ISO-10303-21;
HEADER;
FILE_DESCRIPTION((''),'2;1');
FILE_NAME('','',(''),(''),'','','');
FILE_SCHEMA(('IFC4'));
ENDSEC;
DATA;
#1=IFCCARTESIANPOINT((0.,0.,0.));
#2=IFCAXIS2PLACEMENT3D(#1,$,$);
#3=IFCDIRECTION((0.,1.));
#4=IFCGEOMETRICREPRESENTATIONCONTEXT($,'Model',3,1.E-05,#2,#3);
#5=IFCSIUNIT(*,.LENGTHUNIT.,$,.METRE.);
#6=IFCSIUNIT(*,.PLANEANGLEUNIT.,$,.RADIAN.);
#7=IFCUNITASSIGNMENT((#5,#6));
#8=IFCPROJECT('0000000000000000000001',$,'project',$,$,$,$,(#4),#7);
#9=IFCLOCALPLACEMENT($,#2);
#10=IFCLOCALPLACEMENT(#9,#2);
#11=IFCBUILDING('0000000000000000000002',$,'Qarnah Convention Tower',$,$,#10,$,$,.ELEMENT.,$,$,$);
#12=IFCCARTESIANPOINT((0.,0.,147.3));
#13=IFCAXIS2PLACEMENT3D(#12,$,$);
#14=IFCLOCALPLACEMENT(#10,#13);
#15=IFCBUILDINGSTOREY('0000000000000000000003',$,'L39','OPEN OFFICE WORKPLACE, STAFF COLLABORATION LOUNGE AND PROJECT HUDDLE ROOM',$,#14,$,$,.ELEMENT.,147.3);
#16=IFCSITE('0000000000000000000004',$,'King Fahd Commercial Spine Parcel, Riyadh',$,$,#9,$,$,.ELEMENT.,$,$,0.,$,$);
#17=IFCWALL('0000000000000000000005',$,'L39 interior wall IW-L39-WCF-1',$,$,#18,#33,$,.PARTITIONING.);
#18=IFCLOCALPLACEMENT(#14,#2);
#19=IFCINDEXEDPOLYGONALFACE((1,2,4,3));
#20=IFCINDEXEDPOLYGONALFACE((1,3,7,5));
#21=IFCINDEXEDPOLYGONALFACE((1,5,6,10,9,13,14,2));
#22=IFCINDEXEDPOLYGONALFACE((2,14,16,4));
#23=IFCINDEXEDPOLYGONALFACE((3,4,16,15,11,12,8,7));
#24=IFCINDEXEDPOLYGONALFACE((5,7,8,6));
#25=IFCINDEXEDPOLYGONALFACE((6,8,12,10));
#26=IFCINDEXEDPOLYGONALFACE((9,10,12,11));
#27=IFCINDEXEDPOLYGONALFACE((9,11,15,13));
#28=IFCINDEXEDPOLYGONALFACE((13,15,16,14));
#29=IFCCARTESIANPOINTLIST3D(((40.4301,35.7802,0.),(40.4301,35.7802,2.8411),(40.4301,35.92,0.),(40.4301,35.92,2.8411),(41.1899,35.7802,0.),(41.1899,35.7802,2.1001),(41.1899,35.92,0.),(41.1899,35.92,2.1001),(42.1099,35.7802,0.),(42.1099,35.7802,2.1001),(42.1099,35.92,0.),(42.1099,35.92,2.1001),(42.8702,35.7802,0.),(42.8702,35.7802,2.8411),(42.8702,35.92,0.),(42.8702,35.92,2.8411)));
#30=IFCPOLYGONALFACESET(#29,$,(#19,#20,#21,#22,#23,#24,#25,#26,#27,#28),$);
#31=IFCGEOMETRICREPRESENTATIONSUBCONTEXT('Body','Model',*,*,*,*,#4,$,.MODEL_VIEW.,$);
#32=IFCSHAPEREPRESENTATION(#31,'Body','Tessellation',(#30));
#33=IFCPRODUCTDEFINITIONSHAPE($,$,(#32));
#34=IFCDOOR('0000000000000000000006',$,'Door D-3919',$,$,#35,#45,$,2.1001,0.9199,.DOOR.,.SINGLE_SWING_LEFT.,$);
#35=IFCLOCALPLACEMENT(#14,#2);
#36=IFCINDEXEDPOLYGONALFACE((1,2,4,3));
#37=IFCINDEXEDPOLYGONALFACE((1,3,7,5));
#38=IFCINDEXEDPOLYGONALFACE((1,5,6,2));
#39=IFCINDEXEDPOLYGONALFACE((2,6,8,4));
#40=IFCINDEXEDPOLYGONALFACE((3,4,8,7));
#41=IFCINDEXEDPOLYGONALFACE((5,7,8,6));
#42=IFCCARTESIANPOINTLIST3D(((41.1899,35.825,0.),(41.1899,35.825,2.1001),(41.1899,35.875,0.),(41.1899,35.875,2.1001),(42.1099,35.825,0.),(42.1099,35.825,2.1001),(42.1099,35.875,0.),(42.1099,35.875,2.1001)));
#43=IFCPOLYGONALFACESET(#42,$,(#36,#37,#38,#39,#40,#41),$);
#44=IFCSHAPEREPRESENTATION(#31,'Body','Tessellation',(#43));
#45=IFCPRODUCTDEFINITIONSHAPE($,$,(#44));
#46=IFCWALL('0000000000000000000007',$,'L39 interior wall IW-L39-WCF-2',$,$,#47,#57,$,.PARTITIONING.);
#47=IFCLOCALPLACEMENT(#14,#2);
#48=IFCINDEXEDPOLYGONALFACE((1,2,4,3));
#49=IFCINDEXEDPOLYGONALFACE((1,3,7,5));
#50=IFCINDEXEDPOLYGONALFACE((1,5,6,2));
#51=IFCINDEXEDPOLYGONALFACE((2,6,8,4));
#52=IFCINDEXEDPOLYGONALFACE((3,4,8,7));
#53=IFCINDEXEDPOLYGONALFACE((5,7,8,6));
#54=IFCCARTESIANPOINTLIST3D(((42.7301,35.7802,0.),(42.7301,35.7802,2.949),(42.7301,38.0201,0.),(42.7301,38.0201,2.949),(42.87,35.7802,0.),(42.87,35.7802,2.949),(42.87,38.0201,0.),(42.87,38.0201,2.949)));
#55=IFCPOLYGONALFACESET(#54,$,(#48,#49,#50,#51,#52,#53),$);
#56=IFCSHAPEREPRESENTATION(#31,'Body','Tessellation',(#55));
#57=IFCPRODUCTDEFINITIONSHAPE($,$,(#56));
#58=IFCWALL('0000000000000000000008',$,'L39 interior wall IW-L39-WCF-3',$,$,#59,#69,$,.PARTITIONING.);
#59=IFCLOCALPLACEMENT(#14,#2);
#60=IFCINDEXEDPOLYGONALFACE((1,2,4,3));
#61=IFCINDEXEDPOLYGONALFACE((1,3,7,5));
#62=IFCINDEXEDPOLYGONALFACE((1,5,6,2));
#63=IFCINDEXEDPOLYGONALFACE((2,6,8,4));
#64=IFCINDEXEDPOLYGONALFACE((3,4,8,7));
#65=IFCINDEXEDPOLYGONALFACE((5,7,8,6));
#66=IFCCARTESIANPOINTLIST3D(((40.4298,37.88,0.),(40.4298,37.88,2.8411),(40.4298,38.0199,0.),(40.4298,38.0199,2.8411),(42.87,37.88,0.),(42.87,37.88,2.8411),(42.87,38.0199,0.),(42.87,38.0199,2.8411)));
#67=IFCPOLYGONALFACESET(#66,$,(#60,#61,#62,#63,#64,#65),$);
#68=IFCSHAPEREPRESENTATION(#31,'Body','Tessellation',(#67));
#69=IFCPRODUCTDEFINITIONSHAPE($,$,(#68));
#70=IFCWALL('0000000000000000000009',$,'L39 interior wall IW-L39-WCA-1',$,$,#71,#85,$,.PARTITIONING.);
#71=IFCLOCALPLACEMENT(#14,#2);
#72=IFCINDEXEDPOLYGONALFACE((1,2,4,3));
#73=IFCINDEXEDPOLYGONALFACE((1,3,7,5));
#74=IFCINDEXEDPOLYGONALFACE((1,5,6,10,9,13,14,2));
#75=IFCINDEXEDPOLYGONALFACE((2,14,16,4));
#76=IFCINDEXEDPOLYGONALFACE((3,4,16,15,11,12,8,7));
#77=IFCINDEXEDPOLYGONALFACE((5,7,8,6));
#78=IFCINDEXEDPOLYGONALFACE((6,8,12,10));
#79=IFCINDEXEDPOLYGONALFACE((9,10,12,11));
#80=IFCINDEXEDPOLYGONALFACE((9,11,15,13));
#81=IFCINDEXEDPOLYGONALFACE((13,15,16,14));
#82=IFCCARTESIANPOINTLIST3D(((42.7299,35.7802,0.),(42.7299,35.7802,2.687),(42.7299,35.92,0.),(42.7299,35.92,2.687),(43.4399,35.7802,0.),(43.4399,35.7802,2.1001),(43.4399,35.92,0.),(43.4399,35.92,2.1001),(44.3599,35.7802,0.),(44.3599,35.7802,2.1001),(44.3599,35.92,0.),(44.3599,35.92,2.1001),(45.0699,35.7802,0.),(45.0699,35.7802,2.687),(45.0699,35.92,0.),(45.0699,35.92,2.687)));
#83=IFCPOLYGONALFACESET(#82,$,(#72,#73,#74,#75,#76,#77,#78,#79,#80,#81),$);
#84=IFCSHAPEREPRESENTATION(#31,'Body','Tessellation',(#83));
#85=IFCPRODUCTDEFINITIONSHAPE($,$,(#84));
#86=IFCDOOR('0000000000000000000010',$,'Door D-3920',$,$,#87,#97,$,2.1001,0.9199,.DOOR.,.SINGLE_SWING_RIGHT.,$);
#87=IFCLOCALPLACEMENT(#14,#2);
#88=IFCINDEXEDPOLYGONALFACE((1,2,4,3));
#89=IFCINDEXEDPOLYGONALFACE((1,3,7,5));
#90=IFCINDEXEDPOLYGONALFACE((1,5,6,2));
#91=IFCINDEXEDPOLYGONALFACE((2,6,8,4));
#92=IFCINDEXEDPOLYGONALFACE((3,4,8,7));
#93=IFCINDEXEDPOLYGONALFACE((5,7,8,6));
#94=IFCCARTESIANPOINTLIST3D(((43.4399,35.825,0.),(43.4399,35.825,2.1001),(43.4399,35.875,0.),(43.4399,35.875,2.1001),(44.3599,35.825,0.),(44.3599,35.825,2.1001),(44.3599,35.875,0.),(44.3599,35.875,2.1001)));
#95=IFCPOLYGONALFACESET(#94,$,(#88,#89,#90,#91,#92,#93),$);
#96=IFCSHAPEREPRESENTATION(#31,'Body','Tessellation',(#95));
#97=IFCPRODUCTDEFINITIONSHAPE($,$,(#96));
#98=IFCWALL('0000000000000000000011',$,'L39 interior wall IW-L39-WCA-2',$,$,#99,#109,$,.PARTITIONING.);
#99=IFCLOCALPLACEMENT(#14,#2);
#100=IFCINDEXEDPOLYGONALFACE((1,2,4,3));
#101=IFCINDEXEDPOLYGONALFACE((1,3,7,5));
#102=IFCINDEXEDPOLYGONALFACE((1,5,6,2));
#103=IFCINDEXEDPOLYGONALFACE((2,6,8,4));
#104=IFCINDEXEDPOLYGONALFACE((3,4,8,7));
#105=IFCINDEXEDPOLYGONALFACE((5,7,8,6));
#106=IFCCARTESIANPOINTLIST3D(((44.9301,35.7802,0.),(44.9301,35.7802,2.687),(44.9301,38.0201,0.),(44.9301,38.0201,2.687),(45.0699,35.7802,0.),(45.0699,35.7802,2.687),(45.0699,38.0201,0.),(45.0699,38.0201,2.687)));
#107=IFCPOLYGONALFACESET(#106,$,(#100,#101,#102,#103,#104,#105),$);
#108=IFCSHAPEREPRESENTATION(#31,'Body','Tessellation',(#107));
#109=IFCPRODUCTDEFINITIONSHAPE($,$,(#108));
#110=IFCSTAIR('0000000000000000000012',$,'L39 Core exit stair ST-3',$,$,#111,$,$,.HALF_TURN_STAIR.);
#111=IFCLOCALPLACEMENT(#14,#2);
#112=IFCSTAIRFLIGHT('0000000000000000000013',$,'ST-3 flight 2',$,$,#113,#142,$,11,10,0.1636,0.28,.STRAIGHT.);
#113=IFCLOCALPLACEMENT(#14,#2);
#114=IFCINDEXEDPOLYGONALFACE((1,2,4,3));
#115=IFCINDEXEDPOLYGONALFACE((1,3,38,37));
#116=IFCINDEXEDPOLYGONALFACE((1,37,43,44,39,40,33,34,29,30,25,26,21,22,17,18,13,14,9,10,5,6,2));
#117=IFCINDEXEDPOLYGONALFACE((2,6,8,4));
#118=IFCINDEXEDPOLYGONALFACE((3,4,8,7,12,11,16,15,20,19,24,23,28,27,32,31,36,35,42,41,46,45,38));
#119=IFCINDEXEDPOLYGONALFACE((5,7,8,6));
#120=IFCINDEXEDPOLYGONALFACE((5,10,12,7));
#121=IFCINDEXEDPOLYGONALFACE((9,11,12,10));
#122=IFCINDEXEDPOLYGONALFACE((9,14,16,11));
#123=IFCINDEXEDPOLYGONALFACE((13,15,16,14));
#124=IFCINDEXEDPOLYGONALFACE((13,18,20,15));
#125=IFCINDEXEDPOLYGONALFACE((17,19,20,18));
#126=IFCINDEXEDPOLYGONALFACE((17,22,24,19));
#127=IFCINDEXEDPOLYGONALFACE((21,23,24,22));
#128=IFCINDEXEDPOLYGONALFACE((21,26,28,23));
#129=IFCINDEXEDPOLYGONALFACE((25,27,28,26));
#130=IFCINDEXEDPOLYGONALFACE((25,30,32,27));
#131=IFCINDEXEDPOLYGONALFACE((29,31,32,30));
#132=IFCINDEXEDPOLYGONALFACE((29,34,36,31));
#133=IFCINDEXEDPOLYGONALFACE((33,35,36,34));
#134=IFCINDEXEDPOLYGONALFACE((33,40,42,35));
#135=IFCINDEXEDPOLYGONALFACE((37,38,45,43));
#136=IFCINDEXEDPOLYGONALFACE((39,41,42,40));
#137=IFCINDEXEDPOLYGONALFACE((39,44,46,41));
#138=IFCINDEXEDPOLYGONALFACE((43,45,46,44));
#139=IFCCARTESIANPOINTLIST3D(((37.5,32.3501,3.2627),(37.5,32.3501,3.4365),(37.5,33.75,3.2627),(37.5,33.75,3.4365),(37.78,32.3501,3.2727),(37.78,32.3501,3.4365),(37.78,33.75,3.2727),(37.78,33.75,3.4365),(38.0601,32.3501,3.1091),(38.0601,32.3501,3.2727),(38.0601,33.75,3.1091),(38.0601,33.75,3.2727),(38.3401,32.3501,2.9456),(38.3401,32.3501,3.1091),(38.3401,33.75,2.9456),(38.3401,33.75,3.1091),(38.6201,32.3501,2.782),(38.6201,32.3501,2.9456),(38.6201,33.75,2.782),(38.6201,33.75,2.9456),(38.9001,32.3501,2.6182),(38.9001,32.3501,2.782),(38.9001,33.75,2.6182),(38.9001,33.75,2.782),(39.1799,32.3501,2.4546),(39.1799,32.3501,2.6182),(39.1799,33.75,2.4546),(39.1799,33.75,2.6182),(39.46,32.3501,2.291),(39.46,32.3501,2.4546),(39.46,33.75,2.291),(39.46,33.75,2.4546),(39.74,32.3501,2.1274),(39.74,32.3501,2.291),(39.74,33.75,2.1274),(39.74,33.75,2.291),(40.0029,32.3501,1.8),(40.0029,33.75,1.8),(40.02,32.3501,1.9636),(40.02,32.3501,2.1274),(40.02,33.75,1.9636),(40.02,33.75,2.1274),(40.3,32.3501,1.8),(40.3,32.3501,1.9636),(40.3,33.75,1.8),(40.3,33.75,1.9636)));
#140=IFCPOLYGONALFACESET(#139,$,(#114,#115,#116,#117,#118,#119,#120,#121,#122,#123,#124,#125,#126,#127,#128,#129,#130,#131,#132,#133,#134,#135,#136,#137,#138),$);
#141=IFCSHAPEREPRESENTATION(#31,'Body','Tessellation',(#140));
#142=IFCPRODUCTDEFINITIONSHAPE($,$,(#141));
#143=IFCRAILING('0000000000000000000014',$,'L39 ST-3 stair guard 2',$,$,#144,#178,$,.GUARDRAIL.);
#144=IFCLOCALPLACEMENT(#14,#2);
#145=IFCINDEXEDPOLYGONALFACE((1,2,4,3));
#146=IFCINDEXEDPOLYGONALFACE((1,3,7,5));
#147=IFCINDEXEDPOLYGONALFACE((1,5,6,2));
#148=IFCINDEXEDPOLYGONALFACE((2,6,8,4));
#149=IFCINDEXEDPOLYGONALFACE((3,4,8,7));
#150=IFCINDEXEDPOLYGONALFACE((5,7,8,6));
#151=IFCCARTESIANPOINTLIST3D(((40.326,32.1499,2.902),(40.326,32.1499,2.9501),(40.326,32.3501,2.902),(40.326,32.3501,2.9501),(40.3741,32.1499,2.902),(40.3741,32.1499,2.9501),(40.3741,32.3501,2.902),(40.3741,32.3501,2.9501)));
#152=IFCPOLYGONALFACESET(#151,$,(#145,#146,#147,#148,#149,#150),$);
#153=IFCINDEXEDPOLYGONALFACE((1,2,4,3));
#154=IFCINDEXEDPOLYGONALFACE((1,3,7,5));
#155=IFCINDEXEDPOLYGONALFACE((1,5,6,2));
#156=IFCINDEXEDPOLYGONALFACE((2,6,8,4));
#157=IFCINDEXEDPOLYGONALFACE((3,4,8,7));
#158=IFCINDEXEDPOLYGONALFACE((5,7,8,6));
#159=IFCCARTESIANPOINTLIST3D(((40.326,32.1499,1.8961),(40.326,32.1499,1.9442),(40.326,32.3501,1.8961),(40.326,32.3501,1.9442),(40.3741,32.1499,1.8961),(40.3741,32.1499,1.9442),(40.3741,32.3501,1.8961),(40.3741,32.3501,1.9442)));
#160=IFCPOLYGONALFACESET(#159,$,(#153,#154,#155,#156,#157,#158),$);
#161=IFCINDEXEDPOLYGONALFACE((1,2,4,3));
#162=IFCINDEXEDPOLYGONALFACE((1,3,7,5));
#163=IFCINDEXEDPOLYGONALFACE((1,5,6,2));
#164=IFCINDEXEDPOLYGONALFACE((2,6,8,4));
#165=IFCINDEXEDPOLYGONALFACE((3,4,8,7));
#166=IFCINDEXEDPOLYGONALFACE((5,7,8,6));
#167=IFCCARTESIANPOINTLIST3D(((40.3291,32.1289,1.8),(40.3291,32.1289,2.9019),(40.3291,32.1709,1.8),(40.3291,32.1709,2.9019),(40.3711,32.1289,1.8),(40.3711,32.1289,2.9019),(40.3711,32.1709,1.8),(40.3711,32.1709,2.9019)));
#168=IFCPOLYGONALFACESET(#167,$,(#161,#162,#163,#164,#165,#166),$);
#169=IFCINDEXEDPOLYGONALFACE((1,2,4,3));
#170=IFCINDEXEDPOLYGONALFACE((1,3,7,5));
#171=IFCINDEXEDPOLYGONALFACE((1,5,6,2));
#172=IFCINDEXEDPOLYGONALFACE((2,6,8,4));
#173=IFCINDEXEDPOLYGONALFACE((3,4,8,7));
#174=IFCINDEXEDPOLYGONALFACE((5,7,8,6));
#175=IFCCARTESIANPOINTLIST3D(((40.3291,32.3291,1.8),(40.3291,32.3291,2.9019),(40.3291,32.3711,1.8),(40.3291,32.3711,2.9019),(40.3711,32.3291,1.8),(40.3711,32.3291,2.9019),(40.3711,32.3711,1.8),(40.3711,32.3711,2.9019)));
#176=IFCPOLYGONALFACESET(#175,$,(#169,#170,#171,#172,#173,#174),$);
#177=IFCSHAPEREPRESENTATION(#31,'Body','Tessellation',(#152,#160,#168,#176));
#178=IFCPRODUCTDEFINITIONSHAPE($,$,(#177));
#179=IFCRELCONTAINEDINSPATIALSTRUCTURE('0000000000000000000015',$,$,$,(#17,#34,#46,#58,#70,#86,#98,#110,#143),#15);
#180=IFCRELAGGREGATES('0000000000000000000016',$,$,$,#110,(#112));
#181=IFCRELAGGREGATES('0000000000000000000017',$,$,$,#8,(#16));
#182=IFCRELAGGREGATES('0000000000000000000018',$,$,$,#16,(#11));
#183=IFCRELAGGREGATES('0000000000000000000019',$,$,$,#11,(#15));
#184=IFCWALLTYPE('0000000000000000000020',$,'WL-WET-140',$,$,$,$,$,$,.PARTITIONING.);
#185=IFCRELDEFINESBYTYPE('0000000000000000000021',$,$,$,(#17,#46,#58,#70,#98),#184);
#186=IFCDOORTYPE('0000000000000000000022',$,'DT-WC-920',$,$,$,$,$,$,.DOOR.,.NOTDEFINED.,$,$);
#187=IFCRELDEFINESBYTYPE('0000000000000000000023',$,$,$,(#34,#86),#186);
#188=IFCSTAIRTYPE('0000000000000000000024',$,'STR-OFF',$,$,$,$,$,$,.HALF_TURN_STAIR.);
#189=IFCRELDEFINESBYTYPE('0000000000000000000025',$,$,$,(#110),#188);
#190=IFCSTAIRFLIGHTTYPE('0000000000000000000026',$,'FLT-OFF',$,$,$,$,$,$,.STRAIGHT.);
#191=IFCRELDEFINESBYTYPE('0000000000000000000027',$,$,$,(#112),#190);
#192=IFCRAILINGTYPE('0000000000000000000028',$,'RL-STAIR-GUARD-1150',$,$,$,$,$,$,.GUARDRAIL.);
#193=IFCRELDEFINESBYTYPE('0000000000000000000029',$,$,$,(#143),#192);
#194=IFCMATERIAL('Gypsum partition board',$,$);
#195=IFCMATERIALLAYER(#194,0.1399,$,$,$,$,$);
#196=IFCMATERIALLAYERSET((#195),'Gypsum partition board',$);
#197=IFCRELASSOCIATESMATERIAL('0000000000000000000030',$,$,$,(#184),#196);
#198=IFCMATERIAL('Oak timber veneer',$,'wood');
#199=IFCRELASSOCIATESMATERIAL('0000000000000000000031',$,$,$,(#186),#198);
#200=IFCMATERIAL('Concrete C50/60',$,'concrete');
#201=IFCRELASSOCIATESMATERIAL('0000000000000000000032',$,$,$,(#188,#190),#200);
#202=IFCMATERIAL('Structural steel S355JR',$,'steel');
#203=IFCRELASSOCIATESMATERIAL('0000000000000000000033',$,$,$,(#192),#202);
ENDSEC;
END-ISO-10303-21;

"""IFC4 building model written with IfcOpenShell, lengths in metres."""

from ifc_helpers import new_model, si_unit, direction, frame, frame_2d, origin, origin_2d, place, context, subcontext, project, spatial, polyline, rectangle, outline, extrude, material, layer, layer_set, type_object, element, fill, aggregate, save


model = new_model("IFC4")

# Units and contexts
model_context = context("Model", 3, precision=1e-05, world=origin(), true_north=direction((0.0, 1.0)))
body_context = subcontext(model_context, "Body", "Model", "MODEL_VIEW")
ifc_project = project(units=[si_unit("LENGTHUNIT", "METRE"), si_unit("PLANEANGLEUNIT", "RADIAN")], contexts=[model_context])

# Site, building, storey
site_placement = place(None, origin())
site = spatial("IfcSite", under=ifc_project, at=site_placement, Name="King Fahd Commercial Spine Parcel, Riyadh", CompositionType="ELEMENT", RefElevation=0.0)
building_placement = place(site_placement, origin())
building = spatial("IfcBuilding", under=site, at=building_placement, Name="Qarnah Convention Tower", CompositionType="ELEMENT")
storey_placement = place(building_placement, frame((0.0, 0.0, 147.3)))
storey = spatial("IfcBuildingStorey", under=building, at=storey_placement, Name="L39", Description="OPEN OFFICE WORKPLACE, STAFF COLLABORATION LOUNGE AND PROJECT HUDDLE ROOM", CompositionType="ELEMENT", Elevation=147.3)

# Shared definitions
ifc_material_1 = material(Name="Structural steel S355JR", Category="steel")

# Shared definitions
ifc_material_2 = material(Name="Gypsum partition board")

# Shared definitions
ifc_layer_1 = layer(ifc_material_2, 0.1399)
ifc_layer_set_1 = layer_set([ifc_layer_1], Name="Gypsum partition board")
wall_type_1 = type_object("IfcWallType", Name="WL-WET-140", PredefinedType="PARTITIONING", material=ifc_layer_set_1)
ifc_material_3 = material(Name="Oak timber veneer", Category="wood")
door_type_1 = type_object("IfcDoorType", Name="DT-WC-920", OperationType="NOTDEFINED", PredefinedType="DOOR", material=ifc_material_3)

# Wall, opening, door
wall_1_placement = place(storey_placement, frame((40.4299, 35.8501, 0.0), z_axis=(0.0, 0.0, 1.0), x_axis=(1.0, 0.0, 0.0)))
wall_1 = element("IfcWall", 1, at=wall_1_placement, inside=storey, type_object=wall_type_1, Name="L39 interior wall IW-L39-WCF-1", PredefinedType="PARTITIONING", context=body_context, shape_type="SweptSolid", body=[
    extrude(rectangle(XDim=2.4402, YDim=0.1399, at=frame_2d((1.2202, 0.0))), origin(), (0.0, 0.0, 1.0), 2.8411),
])
opening_1_placement = place(wall_1_placement, frame((0.76, 0.0, 0.0)))
opening_1 = element("IfcOpeningElement", 2, at=opening_1_placement, cuts=wall_1, PredefinedType="OPENING", context=body_context, shape_type="SweptSolid", body=[
    extrude(rectangle(XDim=0.9199, YDim=2.1001, at=frame_2d((0.46, 1.05))), frame((0.0, 0.0798, 0.0), z_axis=(0.0, -1.0, 0.0), x_axis=(1.0, 0.0, 0.0)), (0.0, 0.0, 1.0), 0.1599),
])
door_1_placement = place(opening_1_placement, origin())
door_1 = element("IfcDoor", 3, at=door_1_placement, inside=storey, type_object=door_type_1, Name="Door D-3919", OperationType="SINGLE_SWING_LEFT", OverallHeight=2.1001, OverallWidth=0.9199, PredefinedType="DOOR", context=body_context, shape_type="SweptSolid", body=[
    extrude(rectangle(XDim=0.9199, YDim=2.1001, at=frame_2d((0.46, 1.05))), frame((0.0, 0.0249, 0.0), z_axis=(0.0, -1.0, 0.0), x_axis=(1.0, 0.0, 0.0)), (0.0, 0.0, 1.0), 0.05),
])
fill(opening_1, door_1)

# Walls
wall_2_placement = place(storey_placement, frame((42.8, 35.78, 0.0), z_axis=(0.0, 0.0, 1.0), x_axis=(0.0, 1.0, 0.0)))
element("IfcWall", 4, at=wall_2_placement, inside=storey, type_object=wall_type_1, Name="L39 interior wall IW-L39-WCF-2", PredefinedType="PARTITIONING", context=body_context, shape_type="SweptSolid", body=[
    extrude(rectangle(XDim=2.24, YDim=0.1399, at=frame_2d((1.1201, 0.0))), origin(), (0.0, 0.0, 1.0), 2.949),
])
wall_3_placement = place(storey_placement, frame((42.8701, 37.95, 0.0), z_axis=(0.0, 0.0, 1.0), x_axis=(-1.0, 0.0, 0.0)))
element("IfcWall", 5, at=wall_3_placement, inside=storey, type_object=wall_type_1, Name="L39 interior wall IW-L39-WCF-3", PredefinedType="PARTITIONING", context=body_context, shape_type="SweptSolid", body=[
    extrude(rectangle(XDim=2.4402, YDim=0.1399, at=frame_2d((1.2202, 0.0))), origin(), (0.0, 0.0, 1.0), 2.8411),
])

# Wall, opening, door
wall_4_placement = place(storey_placement, frame((42.73, 35.8501, 0.0), z_axis=(0.0, 0.0, 1.0), x_axis=(1.0, 0.0, 0.0)))
wall_4 = element("IfcWall", 6, at=wall_4_placement, inside=storey, type_object=wall_type_1, Name="L39 interior wall IW-L39-WCA-1", PredefinedType="PARTITIONING", context=body_context, shape_type="SweptSolid", body=[
    extrude(rectangle(XDim=2.3401, YDim=0.1399, at=frame_2d((1.1699, 0.0))), origin(), (0.0, 0.0, 1.0), 2.687),
])
opening_2_placement = place(wall_4_placement, frame((0.71, 0.0, 0.0)))
opening_2 = element("IfcOpeningElement", 7, at=opening_2_placement, cuts=wall_4, PredefinedType="OPENING", context=body_context, shape_type="SweptSolid", body=[
    extrude(rectangle(XDim=0.9199, YDim=2.1001, at=frame_2d((0.46, 1.05))), frame((0.0, 0.0798, 0.0), z_axis=(0.0, -1.0, 0.0), x_axis=(1.0, 0.0, 0.0)), (0.0, 0.0, 1.0), 0.1599),
])
door_2_placement = place(opening_2_placement, origin())
door_2 = element("IfcDoor", 8, at=door_2_placement, inside=storey, type_object=door_type_1, Name="Door D-3920", OperationType="SINGLE_SWING_RIGHT", OverallHeight=2.1001, OverallWidth=0.9199, PredefinedType="DOOR", context=body_context, shape_type="SweptSolid", body=[
    extrude(rectangle(XDim=0.9199, YDim=2.1001, at=frame_2d((0.46, 1.05))), frame((0.0, 0.0249, 0.0), z_axis=(0.0, -1.0, 0.0), x_axis=(1.0, 0.0, 0.0)), (0.0, 0.0, 1.0), 0.05),
])
fill(opening_2, door_2)

# Wall
wall_5_placement = place(storey_placement, frame((45.0, 35.78, 0.0), z_axis=(0.0, 0.0, 1.0), x_axis=(0.0, 1.0, 0.0)))
element("IfcWall", 9, at=wall_5_placement, inside=storey, type_object=wall_type_1, Name="L39 interior wall IW-L39-WCA-2", PredefinedType="PARTITIONING", context=body_context, shape_type="SweptSolid", body=[
    extrude(rectangle(XDim=2.24, YDim=0.1399, at=frame_2d((1.1201, 0.0))), origin(), (0.0, 0.0, 1.0), 2.687),
])

# Stair, stair flight
ifc_material_4 = material(Name="Concrete C50/60", Category="concrete")
stair_type = type_object("IfcStairType", Name="STR-OFF", PredefinedType="HALF_TURN_STAIR", material=ifc_material_4)
stair_placement = place(storey_placement, origin())
stair = element("IfcStair", 10, at=stair_placement, inside=storey, type_object=stair_type, Name="L39 Core exit stair ST-3", PredefinedType="HALF_TURN_STAIR")
stair_flight_type = type_object("IfcStairFlightType", Name="FLT-OFF", PredefinedType="STRAIGHT", material=ifc_material_4)
stair_flight_placement = place(storey_placement, frame((40.3, 33.05, 1.8), z_axis=(0.0, 0.0, 1.0), x_axis=(-1.0, 0.0, 0.0)))
stair_flight = element("IfcStairFlight", 11, at=stair_flight_placement, type_object=stair_flight_type, Name="ST-3 flight 2", NumberOfRisers=11, NumberOfTreads=10, PredefinedType="STRAIGHT", RiserHeight=0.1636, TreadLength=0.28, context=body_context, shape_type="SweptSolid", body=[
    extrude(outline(polyline([(0.0, 0.0), (0.0, 0.1636), (0.28, 0.1636), (0.28, 0.3274), (0.5601, 0.3274), (0.5601, 0.491), (0.8401, 0.491), (0.8401, 0.6545), (1.1201, 0.6545), (1.1201, 0.8181), (1.3999, 0.8181), (1.3999, 0.9819), (1.6799, 0.9819), (1.6799, 1.1455), (1.96, 1.1455), (1.96, 1.3091), (2.24, 1.3091), (2.24, 1.4727), (2.52, 1.4727), (2.52, 1.6365), (2.8, 1.6365), (2.8, 1.8), (2.8, 1.4626), (0.2971, 0.0), (0.0, 0.0)])), frame((0.0, 0.7, 0.0), z_axis=(0.0, -1.0, 0.0), x_axis=(1.0, 0.0, 0.0)), (0.0, 0.0, 1.0), 1.3999),
])
aggregate(stair, [stair_flight])

# Railing
railing_type_1 = type_object("IfcRailingType", Name="RL-STAIR-GUARD-1150", PredefinedType="GUARDRAIL", material=ifc_material_1)
railing_1_placement = place(storey_placement, frame((40.3501, 32.1499, 1.8)))
element("IfcRailing", 12, at=railing_1_placement, inside=storey, type_object=railing_type_1, Name="L39 ST-3 stair guard 2", PredefinedType="GUARDRAIL", context=body_context, shape_type="SweptSolid", body=[
    extrude(rectangle(XDim=0.0481, YDim=0.0481, at=origin_2d()), frame((0.0, 0.0, 1.126), z_axis=(0.0, 1.0, 0.0), x_axis=(-1.0, 0.0, 0.0)), (0.0, 0.0, 1.0), 0.2002),
    extrude(rectangle(XDim=0.0481, YDim=0.0481, at=origin_2d()), frame((0.0, 0.0, 0.1201), z_axis=(0.0, 1.0, 0.0), x_axis=(-1.0, 0.0, 0.0)), (0.0, 0.0, 1.0), 0.2002),
    extrude(rectangle(XDim=0.042, YDim=0.042, at=origin_2d()), origin(), (0.0, 0.0, 1.0), 1.1018),
    extrude(rectangle(XDim=0.042, YDim=0.042, at=origin_2d()), frame((0.0, 0.2002, 0.0)), (0.0, 0.0, 1.0), 1.1018),
])

save(model, "model.ifc")
